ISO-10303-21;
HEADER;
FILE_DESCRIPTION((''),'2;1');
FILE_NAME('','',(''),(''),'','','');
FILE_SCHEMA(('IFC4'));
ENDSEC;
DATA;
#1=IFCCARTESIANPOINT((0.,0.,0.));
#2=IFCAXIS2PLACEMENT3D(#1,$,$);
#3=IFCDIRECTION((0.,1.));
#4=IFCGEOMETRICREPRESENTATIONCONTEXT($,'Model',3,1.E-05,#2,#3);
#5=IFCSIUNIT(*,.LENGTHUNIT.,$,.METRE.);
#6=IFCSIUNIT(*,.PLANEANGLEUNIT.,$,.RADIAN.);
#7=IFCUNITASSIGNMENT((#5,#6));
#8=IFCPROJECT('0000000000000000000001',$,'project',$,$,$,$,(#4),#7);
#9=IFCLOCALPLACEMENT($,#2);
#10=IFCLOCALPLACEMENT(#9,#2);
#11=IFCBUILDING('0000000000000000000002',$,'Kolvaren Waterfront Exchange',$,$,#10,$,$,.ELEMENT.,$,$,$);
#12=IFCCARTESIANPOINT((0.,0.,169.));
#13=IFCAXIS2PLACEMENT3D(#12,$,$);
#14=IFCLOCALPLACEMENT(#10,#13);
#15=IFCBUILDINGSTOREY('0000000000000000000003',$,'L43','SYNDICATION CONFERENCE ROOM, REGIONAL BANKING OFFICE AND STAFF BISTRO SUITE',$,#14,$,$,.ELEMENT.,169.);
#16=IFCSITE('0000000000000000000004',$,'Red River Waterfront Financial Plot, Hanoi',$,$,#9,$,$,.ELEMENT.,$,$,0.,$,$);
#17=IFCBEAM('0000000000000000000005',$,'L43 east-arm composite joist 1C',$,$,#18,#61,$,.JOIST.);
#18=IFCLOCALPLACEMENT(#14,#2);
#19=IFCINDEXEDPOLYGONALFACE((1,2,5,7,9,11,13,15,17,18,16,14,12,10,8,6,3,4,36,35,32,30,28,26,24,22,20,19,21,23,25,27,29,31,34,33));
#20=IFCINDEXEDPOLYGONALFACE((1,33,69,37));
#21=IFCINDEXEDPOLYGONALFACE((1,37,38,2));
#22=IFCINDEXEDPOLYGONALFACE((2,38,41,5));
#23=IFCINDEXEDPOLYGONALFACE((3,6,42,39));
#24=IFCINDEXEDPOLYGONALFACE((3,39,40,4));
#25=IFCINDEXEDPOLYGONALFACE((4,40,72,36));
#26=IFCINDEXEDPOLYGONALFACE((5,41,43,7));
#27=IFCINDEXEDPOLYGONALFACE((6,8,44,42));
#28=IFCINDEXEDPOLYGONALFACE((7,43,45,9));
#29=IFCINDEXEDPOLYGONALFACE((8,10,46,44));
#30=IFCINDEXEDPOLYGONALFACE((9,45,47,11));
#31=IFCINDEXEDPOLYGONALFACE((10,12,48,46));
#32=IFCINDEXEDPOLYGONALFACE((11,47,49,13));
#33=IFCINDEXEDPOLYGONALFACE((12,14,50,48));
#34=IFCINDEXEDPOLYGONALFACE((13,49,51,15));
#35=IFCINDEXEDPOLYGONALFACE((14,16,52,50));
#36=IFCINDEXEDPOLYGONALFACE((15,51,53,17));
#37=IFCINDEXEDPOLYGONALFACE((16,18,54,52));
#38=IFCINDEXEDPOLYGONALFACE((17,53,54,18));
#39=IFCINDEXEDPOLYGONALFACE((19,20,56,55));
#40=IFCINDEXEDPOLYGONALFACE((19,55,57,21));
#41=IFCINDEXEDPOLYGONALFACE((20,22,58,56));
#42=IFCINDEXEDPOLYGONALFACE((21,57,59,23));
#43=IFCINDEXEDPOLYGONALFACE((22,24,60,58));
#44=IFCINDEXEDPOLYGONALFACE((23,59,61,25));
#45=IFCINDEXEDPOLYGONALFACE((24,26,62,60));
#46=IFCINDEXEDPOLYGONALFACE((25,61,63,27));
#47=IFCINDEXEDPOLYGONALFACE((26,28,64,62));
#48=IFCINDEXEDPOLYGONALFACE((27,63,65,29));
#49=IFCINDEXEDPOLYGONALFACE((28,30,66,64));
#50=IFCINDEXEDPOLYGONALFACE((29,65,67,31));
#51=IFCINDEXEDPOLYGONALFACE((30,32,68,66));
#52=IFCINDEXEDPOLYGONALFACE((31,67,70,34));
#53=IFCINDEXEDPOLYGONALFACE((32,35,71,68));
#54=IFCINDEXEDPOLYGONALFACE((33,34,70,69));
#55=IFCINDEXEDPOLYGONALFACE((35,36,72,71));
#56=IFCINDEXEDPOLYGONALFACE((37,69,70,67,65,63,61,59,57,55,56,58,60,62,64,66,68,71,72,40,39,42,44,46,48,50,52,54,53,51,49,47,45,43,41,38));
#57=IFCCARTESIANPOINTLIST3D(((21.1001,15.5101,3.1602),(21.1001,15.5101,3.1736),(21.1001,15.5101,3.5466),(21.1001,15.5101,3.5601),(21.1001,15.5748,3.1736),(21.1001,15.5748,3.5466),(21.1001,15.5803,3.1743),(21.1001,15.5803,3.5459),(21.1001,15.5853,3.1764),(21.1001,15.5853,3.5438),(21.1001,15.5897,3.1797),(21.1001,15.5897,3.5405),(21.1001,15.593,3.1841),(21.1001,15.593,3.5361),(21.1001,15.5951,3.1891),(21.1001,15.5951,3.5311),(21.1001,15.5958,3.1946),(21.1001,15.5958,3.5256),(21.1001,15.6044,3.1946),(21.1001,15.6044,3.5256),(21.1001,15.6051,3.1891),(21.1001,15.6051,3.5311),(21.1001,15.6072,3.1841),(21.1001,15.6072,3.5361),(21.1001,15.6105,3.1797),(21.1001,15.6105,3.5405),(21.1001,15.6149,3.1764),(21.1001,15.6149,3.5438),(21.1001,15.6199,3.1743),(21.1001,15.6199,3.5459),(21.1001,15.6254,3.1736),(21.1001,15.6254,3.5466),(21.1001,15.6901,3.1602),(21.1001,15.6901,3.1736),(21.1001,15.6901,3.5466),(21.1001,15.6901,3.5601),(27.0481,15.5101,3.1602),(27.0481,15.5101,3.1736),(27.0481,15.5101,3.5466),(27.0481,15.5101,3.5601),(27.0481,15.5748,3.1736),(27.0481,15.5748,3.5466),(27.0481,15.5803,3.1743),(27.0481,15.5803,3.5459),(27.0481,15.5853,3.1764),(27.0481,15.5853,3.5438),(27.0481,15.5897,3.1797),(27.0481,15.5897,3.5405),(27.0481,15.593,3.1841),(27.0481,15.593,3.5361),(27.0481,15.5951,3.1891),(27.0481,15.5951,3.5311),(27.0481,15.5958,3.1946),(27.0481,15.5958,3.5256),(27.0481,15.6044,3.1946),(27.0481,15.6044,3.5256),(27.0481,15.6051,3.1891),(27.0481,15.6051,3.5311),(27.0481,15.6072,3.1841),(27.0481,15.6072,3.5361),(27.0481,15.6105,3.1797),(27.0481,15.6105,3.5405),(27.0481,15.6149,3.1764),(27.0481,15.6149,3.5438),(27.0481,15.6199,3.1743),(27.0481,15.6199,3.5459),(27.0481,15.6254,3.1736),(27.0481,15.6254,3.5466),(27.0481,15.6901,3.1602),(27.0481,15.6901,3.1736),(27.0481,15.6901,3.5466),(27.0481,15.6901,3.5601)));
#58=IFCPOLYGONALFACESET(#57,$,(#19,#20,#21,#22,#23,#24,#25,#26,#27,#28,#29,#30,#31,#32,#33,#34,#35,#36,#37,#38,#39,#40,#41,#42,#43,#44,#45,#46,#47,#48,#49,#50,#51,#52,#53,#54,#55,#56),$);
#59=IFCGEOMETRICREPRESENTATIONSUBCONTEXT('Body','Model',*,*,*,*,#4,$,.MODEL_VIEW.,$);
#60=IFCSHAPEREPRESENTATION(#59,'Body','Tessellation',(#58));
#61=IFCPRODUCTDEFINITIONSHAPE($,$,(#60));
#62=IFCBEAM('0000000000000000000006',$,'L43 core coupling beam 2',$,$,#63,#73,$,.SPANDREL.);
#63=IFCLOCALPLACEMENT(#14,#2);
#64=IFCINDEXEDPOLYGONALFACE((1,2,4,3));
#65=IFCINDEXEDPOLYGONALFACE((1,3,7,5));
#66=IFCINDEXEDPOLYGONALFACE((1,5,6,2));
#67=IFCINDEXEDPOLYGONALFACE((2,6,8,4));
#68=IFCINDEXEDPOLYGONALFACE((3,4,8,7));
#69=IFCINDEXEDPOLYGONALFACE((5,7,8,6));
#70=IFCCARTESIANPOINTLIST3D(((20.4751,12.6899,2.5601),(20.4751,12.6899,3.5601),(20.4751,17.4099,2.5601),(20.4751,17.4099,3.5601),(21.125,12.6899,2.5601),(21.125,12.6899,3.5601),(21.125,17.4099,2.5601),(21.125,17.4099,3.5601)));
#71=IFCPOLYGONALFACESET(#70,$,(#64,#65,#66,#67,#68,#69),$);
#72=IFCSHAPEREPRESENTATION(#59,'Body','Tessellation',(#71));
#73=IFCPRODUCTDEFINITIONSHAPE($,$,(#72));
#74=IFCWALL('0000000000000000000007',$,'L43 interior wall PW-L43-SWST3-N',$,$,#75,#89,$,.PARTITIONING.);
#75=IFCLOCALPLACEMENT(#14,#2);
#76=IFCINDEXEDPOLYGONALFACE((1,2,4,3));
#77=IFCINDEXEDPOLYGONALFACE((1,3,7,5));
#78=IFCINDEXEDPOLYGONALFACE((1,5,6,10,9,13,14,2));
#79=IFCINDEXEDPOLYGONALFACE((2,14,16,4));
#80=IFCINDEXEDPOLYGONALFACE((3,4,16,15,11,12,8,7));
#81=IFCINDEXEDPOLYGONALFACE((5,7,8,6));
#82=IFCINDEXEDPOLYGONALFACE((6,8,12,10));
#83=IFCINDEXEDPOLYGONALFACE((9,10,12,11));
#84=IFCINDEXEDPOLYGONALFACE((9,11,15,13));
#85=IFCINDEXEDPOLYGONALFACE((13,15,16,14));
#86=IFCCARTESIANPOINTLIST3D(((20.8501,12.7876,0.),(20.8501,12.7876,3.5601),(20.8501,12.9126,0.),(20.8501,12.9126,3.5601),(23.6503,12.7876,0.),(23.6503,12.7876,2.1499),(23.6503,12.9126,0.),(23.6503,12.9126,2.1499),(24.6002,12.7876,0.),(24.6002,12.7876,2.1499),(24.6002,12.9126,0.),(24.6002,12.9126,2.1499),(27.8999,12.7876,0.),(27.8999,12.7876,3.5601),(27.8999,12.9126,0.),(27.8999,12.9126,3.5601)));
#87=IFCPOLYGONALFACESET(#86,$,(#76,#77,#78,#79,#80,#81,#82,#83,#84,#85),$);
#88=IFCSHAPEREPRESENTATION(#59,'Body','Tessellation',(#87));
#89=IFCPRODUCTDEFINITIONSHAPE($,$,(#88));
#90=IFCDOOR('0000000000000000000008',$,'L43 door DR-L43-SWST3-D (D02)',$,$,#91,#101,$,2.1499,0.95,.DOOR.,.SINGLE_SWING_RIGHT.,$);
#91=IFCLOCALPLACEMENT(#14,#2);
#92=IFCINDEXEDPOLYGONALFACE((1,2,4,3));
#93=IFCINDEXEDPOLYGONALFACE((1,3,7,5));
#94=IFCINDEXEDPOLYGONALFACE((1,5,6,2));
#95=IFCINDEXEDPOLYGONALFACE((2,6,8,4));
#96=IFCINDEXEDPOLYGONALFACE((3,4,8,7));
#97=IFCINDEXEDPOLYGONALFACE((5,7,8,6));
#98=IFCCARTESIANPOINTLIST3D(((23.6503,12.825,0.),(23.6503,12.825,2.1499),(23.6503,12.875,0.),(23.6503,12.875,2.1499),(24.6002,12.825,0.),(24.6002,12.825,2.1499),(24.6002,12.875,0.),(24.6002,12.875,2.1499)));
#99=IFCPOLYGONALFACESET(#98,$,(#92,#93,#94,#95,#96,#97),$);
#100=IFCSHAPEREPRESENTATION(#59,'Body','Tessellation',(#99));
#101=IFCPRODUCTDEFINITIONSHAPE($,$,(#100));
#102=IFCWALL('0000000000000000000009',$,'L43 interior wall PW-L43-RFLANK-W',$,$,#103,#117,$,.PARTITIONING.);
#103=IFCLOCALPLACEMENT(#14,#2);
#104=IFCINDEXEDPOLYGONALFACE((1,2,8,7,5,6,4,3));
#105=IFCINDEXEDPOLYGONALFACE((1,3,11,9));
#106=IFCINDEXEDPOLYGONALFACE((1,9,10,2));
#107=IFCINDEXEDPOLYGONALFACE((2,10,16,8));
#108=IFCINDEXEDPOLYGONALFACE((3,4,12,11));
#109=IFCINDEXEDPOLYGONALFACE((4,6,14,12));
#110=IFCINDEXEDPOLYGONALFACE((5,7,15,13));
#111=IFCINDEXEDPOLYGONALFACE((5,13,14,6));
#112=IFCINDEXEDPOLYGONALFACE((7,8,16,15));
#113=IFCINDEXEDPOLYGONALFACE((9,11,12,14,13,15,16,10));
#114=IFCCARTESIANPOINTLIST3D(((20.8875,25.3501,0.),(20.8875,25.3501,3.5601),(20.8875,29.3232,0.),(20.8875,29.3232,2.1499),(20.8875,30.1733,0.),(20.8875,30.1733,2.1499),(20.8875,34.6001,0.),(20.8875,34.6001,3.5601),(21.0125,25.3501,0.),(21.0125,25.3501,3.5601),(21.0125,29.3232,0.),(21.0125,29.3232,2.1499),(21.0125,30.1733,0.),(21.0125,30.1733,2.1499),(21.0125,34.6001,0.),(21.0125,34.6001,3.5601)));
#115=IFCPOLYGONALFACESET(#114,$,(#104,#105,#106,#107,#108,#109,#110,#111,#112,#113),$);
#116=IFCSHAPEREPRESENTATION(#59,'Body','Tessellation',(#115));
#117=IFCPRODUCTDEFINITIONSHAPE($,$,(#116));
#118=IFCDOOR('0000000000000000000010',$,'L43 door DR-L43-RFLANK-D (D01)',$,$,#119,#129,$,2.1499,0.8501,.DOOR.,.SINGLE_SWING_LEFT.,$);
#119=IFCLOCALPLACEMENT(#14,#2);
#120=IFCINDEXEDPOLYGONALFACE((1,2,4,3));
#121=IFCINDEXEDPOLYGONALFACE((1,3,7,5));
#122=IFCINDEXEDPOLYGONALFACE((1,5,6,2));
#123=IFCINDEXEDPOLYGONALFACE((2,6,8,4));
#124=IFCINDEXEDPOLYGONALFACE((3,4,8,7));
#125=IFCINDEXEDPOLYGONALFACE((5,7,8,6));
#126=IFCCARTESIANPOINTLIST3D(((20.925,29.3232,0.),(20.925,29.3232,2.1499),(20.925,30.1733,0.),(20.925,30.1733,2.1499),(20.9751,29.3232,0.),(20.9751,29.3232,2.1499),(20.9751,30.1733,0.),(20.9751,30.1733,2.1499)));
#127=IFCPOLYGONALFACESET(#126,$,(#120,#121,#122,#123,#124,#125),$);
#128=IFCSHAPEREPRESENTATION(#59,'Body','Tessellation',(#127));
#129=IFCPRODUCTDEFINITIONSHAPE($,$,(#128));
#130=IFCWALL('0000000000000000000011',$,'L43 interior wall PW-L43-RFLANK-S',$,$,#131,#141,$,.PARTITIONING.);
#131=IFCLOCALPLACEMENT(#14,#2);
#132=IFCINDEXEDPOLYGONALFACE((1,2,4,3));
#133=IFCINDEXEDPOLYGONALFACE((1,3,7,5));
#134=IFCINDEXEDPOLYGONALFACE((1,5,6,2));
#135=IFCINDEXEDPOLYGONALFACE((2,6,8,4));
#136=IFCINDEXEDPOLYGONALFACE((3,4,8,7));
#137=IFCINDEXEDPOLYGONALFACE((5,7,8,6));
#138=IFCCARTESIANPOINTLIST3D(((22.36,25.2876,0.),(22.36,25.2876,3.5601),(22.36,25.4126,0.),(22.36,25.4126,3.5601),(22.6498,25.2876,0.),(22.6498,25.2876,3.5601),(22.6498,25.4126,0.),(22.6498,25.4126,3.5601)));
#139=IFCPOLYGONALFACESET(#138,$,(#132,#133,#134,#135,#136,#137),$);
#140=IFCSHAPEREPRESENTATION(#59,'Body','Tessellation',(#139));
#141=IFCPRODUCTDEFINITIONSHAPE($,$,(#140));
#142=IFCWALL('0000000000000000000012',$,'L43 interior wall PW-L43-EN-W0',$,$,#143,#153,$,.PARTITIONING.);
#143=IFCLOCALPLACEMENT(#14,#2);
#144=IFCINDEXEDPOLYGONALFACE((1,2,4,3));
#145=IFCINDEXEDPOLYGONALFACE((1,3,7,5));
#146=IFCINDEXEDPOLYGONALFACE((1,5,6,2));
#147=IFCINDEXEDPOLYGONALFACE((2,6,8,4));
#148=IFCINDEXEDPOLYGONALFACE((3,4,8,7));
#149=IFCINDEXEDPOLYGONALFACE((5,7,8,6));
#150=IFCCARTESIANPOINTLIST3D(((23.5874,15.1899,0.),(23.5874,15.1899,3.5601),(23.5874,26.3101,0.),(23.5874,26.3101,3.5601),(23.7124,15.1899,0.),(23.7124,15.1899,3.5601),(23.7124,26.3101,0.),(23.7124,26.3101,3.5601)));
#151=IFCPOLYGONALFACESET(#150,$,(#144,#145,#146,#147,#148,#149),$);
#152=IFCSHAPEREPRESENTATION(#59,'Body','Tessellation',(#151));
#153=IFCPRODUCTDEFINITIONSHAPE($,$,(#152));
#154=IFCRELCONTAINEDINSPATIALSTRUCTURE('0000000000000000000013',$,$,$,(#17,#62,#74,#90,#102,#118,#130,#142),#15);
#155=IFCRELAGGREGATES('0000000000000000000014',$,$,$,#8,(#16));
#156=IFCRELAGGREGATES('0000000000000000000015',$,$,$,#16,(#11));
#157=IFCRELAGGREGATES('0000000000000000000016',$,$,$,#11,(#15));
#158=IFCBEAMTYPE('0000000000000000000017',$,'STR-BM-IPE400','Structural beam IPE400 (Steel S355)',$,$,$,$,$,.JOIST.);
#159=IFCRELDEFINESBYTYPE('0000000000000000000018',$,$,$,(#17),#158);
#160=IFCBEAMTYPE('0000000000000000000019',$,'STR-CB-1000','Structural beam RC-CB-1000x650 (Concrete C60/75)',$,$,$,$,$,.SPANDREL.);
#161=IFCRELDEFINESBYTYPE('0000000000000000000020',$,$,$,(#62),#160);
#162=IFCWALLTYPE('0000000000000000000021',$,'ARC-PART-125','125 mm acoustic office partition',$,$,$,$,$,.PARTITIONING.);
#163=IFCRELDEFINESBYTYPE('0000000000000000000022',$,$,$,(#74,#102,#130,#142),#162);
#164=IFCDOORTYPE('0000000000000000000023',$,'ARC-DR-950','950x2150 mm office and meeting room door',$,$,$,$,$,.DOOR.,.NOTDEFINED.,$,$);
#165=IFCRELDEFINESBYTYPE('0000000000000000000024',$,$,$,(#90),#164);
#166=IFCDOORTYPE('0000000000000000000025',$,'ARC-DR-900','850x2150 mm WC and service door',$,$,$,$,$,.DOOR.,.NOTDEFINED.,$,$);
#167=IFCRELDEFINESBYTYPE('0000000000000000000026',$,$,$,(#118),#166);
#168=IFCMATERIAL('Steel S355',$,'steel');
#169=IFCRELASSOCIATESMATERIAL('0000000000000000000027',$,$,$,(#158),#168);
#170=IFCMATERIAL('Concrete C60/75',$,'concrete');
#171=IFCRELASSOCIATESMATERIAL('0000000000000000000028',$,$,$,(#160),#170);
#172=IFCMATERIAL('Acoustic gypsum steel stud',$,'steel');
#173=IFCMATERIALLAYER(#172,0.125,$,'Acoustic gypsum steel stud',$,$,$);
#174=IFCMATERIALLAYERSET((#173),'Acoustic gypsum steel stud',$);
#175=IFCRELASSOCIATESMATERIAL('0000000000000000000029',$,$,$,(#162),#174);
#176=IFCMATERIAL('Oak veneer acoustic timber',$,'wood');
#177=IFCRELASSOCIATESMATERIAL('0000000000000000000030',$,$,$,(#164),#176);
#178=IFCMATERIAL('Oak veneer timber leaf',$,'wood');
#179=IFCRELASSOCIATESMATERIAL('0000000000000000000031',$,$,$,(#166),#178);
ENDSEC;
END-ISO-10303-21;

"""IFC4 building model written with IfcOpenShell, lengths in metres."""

from ifc_helpers import new_model, si_unit, direction, frame, frame_2d, origin, origin_2d, place, context, subcontext, project, spatial, rectangle, i_section, extrude, material, layer, layer_set, material_profile, profile_set, type_object, element, fill, save


model = new_model("IFC4")

# Units and contexts
model_context = context("Model", 3, precision=1e-05, world=origin(), true_north=direction((0.0, 1.0)))
body_context = subcontext(model_context, "Body", "Model", "MODEL_VIEW")
ifc_project = project(units=[si_unit("LENGTHUNIT", "METRE"), si_unit("PLANEANGLEUNIT", "RADIAN")], contexts=[model_context])

# Site, building, storey
site_placement = place(None, origin())
site = spatial("IfcSite", under=ifc_project, at=site_placement, Name="Red River Waterfront Financial Plot, Hanoi", CompositionType="ELEMENT", RefElevation=0.0)
building_placement = place(site_placement, origin())
building = spatial("IfcBuilding", under=site, at=building_placement, Name="Kolvaren Waterfront Exchange", CompositionType="ELEMENT")
storey_placement = place(building_placement, frame((0.0, 0.0, 169.0)))
storey = spatial("IfcBuildingStorey", under=building, at=storey_placement, Name="L43", Description="SYNDICATION CONFERENCE ROOM, REGIONAL BANKING OFFICE AND STAFF BISTRO SUITE", CompositionType="ELEMENT", Elevation=169.0)

# Shared definitions
ifc_material_1 = material(Name="Concrete C60/75", Category="concrete")

# Beams
ifc_material_2 = material(Name="Steel S355", Category="steel")
ifc_material_profile_1 = material_profile(ifc_material_2, i_section(OverallWidth=0.1799, OverallDepth=0.3999, WebThickness=0.0085, FlangeThickness=0.0134, FilletRadius=0.021, at=origin_2d()), Name="IPE400")
ifc_profile_set_1 = profile_set([ifc_material_profile_1], Name="Steel S355")
beam_type_1 = type_object("IfcBeamType", Name="STR-BM-IPE400", Description="Structural beam IPE400 (Steel S355)", PredefinedType="JOIST", material=ifc_profile_set_1)
for number, where, z_axis, x_axis, name in (
    (1, (21.1001, 15.6001, 3.3601), (1.0, 0.0, 0.0), (0.0, 1.0, 0.0), "L43 east-arm composite joist 1C"),
):
    element("IfcBeam", number, at=place(storey_placement, frame(where, z_axis=z_axis, x_axis=x_axis)), inside=storey, type_object=beam_type_1, Name=name, PredefinedType="JOIST", context=body_context, shape_type="SweptSolid", body=[
        extrude(i_section(OverallWidth=0.1799, OverallDepth=0.3999, WebThickness=0.0085, FlangeThickness=0.0134, FilletRadius=0.021, at=origin_2d()), origin(), (0.0, 0.0, 1.0), 5.948),
    ])
ifc_material_profile_2 = material_profile(ifc_material_1, rectangle(XDim=0.6499, YDim=1.0, at=origin_2d()), Name="RC-CB-1000x650")
ifc_profile_set_2 = profile_set([ifc_material_profile_2], Name="Concrete C60/75")
beam_type_2 = type_object("IfcBeamType", Name="STR-CB-1000", Description="Structural beam RC-CB-1000x650 (Concrete C60/75)", PredefinedType="SPANDREL", material=ifc_profile_set_2)
beam_1_placement = place(storey_placement, frame((20.8, 12.6899, 3.0601), z_axis=(0.0, 1.0, 0.0), x_axis=(-1.0, 0.0, 0.0)))
element("IfcBeam", 2, at=beam_1_placement, inside=storey, type_object=beam_type_2, Name="L43 core coupling beam 2", PredefinedType="SPANDREL", context=body_context, shape_type="SweptSolid", body=[
    extrude(rectangle(XDim=0.6499, YDim=1.0, at=origin_2d()), origin(), (0.0, 0.0, 1.0), 4.72),
])

# Walls, openings, doors
ifc_material_3 = material(Name="Acoustic gypsum steel stud", Category="steel")
ifc_layer_1 = layer(ifc_material_3, 0.125, Name="Acoustic gypsum steel stud")
ifc_layer_set_1 = layer_set([ifc_layer_1], Name="Acoustic gypsum steel stud")
wall_type_1 = type_object("IfcWallType", Name="ARC-PART-125", Description="125 mm acoustic office partition", PredefinedType="PARTITIONING", material=ifc_layer_set_1)
wall_1_placement = place(storey_placement, frame((20.8501, 12.8501, 0.0), z_axis=(0.0, 0.0, 1.0), x_axis=(1.0, 0.0, 0.0)))
wall_1 = element("IfcWall", 3, at=wall_1_placement, inside=storey, type_object=wall_type_1, Name="L43 interior wall PW-L43-SWST3-N", PredefinedType="PARTITIONING", context=body_context, shape_type="SweptSolid", body=[
    extrude(rectangle(XDim=7.0498, YDim=0.125, at=frame_2d((3.5249, 0.0))), origin(), (0.0, 0.0, 1.0), 3.5601),
])
opening_1_placement = place(wall_1_placement, frame((2.8, 0.0, 0.0)))
opening_1 = element("IfcOpeningElement", 4, at=opening_1_placement, cuts=wall_1, PredefinedType="OPENING", context=body_context, shape_type="SweptSolid", body=[
    extrude(rectangle(XDim=0.95, YDim=2.1499, at=frame_2d((0.4751, 1.075))), frame((0.0, 0.0725, 0.0), z_axis=(0.0, -1.0, 0.0), x_axis=(1.0, 0.0, 0.0)), (0.0, 0.0, 1.0), 0.145),
])
ifc_material_4 = material(Name="Oak veneer acoustic timber", Category="wood")
door_type_1 = type_object("IfcDoorType", Name="ARC-DR-950", Description="950x2150 mm office and meeting room door", OperationType="NOTDEFINED", PredefinedType="DOOR", material=ifc_material_4)
door_1_placement = place(opening_1_placement, origin())
door_1 = element("IfcDoor", 5, at=door_1_placement, inside=storey, type_object=door_type_1, Name="L43 door DR-L43-SWST3-D (D02)", OperationType="SINGLE_SWING_RIGHT", OverallHeight=2.1499, OverallWidth=0.95, PredefinedType="DOOR", context=body_context, shape_type="SweptSolid", body=[
    extrude(rectangle(XDim=0.95, YDim=2.1499, at=frame_2d((0.4751, 1.075))), frame((0.0, 0.0249, 0.0), z_axis=(0.0, -1.0, 0.0), x_axis=(1.0, 0.0, 0.0)), (0.0, 0.0, 1.0), 0.05),
])
fill(opening_1, door_1)
wall_2_placement = place(storey_placement, frame((20.95, 25.3501, 0.0), z_axis=(0.0, 0.0, 1.0), x_axis=(0.0, 1.0, 0.0)))
wall_2 = element("IfcWall", 6, at=wall_2_placement, inside=storey, type_object=wall_type_1, Name="L43 interior wall PW-L43-RFLANK-W", PredefinedType="PARTITIONING", context=body_context, shape_type="SweptSolid", body=[
    extrude(rectangle(XDim=9.25, YDim=0.125, at=frame_2d((4.625, 0.0))), origin(), (0.0, 0.0, 1.0), 3.5601),
])
opening_2_placement = place(wall_2_placement, frame((3.9731, 0.0, 0.0)))
opening_2 = element("IfcOpeningElement", 7, at=opening_2_placement, cuts=wall_2, PredefinedType="OPENING", context=body_context, shape_type="SweptSolid", body=[
    extrude(rectangle(XDim=0.8501, YDim=2.1499, at=frame_2d((0.425, 1.075))), frame((0.0, 0.0725, 0.0), z_axis=(0.0, -1.0, 0.0), x_axis=(1.0, 0.0, 0.0)), (0.0, 0.0, 1.0), 0.145),
])
ifc_material_5 = material(Name="Oak veneer timber leaf", Category="wood")
door_type_2 = type_object("IfcDoorType", Name="ARC-DR-900", Description="850x2150 mm WC and service door", OperationType="NOTDEFINED", PredefinedType="DOOR", material=ifc_material_5)
door_2_placement = place(opening_2_placement, origin())
door_2 = element("IfcDoor", 8, at=door_2_placement, inside=storey, type_object=door_type_2, Name="L43 door DR-L43-RFLANK-D (D01)", OperationType="SINGLE_SWING_LEFT", OverallHeight=2.1499, OverallWidth=0.8501, PredefinedType="DOOR", context=body_context, shape_type="SweptSolid", body=[
    extrude(rectangle(XDim=0.8501, YDim=2.1499, at=frame_2d((0.425, 1.075))), frame((0.0, 0.0249, 0.0), z_axis=(0.0, -1.0, 0.0), x_axis=(1.0, 0.0, 0.0)), (0.0, 0.0, 1.0), 0.05),
])
fill(opening_2, door_2)

# Walls
wall_3_placement = place(storey_placement, frame((22.6499, 25.3501, 0.0), z_axis=(0.0, 0.0, 1.0), x_axis=(-1.0, 0.0, 0.0)))
element("IfcWall", 9, at=wall_3_placement, inside=storey, type_object=wall_type_1, Name="L43 interior wall PW-L43-RFLANK-S", PredefinedType="PARTITIONING", context=body_context, shape_type="SweptSolid", body=[
    extrude(rectangle(XDim=0.2898, YDim=0.125, at=frame_2d((0.145, 0.0))), origin(), (0.0, 0.0, 1.0), 3.5601),
])
wall_4_placement = place(storey_placement, frame((23.6499, 15.1899, 0.0), z_axis=(0.0, 0.0, 1.0), x_axis=(0.0, 1.0, 0.0)))
element("IfcWall", 10, at=wall_4_placement, inside=storey, type_object=wall_type_1, Name="L43 interior wall PW-L43-EN-W0", PredefinedType="PARTITIONING", context=body_context, shape_type="SweptSolid", body=[
    extrude(rectangle(XDim=11.1201, YDim=0.125, at=frame_2d((5.5601, 0.0))), origin(), (0.0, 0.0, 1.0), 3.5601),
])

save(model, "model.ifc")
